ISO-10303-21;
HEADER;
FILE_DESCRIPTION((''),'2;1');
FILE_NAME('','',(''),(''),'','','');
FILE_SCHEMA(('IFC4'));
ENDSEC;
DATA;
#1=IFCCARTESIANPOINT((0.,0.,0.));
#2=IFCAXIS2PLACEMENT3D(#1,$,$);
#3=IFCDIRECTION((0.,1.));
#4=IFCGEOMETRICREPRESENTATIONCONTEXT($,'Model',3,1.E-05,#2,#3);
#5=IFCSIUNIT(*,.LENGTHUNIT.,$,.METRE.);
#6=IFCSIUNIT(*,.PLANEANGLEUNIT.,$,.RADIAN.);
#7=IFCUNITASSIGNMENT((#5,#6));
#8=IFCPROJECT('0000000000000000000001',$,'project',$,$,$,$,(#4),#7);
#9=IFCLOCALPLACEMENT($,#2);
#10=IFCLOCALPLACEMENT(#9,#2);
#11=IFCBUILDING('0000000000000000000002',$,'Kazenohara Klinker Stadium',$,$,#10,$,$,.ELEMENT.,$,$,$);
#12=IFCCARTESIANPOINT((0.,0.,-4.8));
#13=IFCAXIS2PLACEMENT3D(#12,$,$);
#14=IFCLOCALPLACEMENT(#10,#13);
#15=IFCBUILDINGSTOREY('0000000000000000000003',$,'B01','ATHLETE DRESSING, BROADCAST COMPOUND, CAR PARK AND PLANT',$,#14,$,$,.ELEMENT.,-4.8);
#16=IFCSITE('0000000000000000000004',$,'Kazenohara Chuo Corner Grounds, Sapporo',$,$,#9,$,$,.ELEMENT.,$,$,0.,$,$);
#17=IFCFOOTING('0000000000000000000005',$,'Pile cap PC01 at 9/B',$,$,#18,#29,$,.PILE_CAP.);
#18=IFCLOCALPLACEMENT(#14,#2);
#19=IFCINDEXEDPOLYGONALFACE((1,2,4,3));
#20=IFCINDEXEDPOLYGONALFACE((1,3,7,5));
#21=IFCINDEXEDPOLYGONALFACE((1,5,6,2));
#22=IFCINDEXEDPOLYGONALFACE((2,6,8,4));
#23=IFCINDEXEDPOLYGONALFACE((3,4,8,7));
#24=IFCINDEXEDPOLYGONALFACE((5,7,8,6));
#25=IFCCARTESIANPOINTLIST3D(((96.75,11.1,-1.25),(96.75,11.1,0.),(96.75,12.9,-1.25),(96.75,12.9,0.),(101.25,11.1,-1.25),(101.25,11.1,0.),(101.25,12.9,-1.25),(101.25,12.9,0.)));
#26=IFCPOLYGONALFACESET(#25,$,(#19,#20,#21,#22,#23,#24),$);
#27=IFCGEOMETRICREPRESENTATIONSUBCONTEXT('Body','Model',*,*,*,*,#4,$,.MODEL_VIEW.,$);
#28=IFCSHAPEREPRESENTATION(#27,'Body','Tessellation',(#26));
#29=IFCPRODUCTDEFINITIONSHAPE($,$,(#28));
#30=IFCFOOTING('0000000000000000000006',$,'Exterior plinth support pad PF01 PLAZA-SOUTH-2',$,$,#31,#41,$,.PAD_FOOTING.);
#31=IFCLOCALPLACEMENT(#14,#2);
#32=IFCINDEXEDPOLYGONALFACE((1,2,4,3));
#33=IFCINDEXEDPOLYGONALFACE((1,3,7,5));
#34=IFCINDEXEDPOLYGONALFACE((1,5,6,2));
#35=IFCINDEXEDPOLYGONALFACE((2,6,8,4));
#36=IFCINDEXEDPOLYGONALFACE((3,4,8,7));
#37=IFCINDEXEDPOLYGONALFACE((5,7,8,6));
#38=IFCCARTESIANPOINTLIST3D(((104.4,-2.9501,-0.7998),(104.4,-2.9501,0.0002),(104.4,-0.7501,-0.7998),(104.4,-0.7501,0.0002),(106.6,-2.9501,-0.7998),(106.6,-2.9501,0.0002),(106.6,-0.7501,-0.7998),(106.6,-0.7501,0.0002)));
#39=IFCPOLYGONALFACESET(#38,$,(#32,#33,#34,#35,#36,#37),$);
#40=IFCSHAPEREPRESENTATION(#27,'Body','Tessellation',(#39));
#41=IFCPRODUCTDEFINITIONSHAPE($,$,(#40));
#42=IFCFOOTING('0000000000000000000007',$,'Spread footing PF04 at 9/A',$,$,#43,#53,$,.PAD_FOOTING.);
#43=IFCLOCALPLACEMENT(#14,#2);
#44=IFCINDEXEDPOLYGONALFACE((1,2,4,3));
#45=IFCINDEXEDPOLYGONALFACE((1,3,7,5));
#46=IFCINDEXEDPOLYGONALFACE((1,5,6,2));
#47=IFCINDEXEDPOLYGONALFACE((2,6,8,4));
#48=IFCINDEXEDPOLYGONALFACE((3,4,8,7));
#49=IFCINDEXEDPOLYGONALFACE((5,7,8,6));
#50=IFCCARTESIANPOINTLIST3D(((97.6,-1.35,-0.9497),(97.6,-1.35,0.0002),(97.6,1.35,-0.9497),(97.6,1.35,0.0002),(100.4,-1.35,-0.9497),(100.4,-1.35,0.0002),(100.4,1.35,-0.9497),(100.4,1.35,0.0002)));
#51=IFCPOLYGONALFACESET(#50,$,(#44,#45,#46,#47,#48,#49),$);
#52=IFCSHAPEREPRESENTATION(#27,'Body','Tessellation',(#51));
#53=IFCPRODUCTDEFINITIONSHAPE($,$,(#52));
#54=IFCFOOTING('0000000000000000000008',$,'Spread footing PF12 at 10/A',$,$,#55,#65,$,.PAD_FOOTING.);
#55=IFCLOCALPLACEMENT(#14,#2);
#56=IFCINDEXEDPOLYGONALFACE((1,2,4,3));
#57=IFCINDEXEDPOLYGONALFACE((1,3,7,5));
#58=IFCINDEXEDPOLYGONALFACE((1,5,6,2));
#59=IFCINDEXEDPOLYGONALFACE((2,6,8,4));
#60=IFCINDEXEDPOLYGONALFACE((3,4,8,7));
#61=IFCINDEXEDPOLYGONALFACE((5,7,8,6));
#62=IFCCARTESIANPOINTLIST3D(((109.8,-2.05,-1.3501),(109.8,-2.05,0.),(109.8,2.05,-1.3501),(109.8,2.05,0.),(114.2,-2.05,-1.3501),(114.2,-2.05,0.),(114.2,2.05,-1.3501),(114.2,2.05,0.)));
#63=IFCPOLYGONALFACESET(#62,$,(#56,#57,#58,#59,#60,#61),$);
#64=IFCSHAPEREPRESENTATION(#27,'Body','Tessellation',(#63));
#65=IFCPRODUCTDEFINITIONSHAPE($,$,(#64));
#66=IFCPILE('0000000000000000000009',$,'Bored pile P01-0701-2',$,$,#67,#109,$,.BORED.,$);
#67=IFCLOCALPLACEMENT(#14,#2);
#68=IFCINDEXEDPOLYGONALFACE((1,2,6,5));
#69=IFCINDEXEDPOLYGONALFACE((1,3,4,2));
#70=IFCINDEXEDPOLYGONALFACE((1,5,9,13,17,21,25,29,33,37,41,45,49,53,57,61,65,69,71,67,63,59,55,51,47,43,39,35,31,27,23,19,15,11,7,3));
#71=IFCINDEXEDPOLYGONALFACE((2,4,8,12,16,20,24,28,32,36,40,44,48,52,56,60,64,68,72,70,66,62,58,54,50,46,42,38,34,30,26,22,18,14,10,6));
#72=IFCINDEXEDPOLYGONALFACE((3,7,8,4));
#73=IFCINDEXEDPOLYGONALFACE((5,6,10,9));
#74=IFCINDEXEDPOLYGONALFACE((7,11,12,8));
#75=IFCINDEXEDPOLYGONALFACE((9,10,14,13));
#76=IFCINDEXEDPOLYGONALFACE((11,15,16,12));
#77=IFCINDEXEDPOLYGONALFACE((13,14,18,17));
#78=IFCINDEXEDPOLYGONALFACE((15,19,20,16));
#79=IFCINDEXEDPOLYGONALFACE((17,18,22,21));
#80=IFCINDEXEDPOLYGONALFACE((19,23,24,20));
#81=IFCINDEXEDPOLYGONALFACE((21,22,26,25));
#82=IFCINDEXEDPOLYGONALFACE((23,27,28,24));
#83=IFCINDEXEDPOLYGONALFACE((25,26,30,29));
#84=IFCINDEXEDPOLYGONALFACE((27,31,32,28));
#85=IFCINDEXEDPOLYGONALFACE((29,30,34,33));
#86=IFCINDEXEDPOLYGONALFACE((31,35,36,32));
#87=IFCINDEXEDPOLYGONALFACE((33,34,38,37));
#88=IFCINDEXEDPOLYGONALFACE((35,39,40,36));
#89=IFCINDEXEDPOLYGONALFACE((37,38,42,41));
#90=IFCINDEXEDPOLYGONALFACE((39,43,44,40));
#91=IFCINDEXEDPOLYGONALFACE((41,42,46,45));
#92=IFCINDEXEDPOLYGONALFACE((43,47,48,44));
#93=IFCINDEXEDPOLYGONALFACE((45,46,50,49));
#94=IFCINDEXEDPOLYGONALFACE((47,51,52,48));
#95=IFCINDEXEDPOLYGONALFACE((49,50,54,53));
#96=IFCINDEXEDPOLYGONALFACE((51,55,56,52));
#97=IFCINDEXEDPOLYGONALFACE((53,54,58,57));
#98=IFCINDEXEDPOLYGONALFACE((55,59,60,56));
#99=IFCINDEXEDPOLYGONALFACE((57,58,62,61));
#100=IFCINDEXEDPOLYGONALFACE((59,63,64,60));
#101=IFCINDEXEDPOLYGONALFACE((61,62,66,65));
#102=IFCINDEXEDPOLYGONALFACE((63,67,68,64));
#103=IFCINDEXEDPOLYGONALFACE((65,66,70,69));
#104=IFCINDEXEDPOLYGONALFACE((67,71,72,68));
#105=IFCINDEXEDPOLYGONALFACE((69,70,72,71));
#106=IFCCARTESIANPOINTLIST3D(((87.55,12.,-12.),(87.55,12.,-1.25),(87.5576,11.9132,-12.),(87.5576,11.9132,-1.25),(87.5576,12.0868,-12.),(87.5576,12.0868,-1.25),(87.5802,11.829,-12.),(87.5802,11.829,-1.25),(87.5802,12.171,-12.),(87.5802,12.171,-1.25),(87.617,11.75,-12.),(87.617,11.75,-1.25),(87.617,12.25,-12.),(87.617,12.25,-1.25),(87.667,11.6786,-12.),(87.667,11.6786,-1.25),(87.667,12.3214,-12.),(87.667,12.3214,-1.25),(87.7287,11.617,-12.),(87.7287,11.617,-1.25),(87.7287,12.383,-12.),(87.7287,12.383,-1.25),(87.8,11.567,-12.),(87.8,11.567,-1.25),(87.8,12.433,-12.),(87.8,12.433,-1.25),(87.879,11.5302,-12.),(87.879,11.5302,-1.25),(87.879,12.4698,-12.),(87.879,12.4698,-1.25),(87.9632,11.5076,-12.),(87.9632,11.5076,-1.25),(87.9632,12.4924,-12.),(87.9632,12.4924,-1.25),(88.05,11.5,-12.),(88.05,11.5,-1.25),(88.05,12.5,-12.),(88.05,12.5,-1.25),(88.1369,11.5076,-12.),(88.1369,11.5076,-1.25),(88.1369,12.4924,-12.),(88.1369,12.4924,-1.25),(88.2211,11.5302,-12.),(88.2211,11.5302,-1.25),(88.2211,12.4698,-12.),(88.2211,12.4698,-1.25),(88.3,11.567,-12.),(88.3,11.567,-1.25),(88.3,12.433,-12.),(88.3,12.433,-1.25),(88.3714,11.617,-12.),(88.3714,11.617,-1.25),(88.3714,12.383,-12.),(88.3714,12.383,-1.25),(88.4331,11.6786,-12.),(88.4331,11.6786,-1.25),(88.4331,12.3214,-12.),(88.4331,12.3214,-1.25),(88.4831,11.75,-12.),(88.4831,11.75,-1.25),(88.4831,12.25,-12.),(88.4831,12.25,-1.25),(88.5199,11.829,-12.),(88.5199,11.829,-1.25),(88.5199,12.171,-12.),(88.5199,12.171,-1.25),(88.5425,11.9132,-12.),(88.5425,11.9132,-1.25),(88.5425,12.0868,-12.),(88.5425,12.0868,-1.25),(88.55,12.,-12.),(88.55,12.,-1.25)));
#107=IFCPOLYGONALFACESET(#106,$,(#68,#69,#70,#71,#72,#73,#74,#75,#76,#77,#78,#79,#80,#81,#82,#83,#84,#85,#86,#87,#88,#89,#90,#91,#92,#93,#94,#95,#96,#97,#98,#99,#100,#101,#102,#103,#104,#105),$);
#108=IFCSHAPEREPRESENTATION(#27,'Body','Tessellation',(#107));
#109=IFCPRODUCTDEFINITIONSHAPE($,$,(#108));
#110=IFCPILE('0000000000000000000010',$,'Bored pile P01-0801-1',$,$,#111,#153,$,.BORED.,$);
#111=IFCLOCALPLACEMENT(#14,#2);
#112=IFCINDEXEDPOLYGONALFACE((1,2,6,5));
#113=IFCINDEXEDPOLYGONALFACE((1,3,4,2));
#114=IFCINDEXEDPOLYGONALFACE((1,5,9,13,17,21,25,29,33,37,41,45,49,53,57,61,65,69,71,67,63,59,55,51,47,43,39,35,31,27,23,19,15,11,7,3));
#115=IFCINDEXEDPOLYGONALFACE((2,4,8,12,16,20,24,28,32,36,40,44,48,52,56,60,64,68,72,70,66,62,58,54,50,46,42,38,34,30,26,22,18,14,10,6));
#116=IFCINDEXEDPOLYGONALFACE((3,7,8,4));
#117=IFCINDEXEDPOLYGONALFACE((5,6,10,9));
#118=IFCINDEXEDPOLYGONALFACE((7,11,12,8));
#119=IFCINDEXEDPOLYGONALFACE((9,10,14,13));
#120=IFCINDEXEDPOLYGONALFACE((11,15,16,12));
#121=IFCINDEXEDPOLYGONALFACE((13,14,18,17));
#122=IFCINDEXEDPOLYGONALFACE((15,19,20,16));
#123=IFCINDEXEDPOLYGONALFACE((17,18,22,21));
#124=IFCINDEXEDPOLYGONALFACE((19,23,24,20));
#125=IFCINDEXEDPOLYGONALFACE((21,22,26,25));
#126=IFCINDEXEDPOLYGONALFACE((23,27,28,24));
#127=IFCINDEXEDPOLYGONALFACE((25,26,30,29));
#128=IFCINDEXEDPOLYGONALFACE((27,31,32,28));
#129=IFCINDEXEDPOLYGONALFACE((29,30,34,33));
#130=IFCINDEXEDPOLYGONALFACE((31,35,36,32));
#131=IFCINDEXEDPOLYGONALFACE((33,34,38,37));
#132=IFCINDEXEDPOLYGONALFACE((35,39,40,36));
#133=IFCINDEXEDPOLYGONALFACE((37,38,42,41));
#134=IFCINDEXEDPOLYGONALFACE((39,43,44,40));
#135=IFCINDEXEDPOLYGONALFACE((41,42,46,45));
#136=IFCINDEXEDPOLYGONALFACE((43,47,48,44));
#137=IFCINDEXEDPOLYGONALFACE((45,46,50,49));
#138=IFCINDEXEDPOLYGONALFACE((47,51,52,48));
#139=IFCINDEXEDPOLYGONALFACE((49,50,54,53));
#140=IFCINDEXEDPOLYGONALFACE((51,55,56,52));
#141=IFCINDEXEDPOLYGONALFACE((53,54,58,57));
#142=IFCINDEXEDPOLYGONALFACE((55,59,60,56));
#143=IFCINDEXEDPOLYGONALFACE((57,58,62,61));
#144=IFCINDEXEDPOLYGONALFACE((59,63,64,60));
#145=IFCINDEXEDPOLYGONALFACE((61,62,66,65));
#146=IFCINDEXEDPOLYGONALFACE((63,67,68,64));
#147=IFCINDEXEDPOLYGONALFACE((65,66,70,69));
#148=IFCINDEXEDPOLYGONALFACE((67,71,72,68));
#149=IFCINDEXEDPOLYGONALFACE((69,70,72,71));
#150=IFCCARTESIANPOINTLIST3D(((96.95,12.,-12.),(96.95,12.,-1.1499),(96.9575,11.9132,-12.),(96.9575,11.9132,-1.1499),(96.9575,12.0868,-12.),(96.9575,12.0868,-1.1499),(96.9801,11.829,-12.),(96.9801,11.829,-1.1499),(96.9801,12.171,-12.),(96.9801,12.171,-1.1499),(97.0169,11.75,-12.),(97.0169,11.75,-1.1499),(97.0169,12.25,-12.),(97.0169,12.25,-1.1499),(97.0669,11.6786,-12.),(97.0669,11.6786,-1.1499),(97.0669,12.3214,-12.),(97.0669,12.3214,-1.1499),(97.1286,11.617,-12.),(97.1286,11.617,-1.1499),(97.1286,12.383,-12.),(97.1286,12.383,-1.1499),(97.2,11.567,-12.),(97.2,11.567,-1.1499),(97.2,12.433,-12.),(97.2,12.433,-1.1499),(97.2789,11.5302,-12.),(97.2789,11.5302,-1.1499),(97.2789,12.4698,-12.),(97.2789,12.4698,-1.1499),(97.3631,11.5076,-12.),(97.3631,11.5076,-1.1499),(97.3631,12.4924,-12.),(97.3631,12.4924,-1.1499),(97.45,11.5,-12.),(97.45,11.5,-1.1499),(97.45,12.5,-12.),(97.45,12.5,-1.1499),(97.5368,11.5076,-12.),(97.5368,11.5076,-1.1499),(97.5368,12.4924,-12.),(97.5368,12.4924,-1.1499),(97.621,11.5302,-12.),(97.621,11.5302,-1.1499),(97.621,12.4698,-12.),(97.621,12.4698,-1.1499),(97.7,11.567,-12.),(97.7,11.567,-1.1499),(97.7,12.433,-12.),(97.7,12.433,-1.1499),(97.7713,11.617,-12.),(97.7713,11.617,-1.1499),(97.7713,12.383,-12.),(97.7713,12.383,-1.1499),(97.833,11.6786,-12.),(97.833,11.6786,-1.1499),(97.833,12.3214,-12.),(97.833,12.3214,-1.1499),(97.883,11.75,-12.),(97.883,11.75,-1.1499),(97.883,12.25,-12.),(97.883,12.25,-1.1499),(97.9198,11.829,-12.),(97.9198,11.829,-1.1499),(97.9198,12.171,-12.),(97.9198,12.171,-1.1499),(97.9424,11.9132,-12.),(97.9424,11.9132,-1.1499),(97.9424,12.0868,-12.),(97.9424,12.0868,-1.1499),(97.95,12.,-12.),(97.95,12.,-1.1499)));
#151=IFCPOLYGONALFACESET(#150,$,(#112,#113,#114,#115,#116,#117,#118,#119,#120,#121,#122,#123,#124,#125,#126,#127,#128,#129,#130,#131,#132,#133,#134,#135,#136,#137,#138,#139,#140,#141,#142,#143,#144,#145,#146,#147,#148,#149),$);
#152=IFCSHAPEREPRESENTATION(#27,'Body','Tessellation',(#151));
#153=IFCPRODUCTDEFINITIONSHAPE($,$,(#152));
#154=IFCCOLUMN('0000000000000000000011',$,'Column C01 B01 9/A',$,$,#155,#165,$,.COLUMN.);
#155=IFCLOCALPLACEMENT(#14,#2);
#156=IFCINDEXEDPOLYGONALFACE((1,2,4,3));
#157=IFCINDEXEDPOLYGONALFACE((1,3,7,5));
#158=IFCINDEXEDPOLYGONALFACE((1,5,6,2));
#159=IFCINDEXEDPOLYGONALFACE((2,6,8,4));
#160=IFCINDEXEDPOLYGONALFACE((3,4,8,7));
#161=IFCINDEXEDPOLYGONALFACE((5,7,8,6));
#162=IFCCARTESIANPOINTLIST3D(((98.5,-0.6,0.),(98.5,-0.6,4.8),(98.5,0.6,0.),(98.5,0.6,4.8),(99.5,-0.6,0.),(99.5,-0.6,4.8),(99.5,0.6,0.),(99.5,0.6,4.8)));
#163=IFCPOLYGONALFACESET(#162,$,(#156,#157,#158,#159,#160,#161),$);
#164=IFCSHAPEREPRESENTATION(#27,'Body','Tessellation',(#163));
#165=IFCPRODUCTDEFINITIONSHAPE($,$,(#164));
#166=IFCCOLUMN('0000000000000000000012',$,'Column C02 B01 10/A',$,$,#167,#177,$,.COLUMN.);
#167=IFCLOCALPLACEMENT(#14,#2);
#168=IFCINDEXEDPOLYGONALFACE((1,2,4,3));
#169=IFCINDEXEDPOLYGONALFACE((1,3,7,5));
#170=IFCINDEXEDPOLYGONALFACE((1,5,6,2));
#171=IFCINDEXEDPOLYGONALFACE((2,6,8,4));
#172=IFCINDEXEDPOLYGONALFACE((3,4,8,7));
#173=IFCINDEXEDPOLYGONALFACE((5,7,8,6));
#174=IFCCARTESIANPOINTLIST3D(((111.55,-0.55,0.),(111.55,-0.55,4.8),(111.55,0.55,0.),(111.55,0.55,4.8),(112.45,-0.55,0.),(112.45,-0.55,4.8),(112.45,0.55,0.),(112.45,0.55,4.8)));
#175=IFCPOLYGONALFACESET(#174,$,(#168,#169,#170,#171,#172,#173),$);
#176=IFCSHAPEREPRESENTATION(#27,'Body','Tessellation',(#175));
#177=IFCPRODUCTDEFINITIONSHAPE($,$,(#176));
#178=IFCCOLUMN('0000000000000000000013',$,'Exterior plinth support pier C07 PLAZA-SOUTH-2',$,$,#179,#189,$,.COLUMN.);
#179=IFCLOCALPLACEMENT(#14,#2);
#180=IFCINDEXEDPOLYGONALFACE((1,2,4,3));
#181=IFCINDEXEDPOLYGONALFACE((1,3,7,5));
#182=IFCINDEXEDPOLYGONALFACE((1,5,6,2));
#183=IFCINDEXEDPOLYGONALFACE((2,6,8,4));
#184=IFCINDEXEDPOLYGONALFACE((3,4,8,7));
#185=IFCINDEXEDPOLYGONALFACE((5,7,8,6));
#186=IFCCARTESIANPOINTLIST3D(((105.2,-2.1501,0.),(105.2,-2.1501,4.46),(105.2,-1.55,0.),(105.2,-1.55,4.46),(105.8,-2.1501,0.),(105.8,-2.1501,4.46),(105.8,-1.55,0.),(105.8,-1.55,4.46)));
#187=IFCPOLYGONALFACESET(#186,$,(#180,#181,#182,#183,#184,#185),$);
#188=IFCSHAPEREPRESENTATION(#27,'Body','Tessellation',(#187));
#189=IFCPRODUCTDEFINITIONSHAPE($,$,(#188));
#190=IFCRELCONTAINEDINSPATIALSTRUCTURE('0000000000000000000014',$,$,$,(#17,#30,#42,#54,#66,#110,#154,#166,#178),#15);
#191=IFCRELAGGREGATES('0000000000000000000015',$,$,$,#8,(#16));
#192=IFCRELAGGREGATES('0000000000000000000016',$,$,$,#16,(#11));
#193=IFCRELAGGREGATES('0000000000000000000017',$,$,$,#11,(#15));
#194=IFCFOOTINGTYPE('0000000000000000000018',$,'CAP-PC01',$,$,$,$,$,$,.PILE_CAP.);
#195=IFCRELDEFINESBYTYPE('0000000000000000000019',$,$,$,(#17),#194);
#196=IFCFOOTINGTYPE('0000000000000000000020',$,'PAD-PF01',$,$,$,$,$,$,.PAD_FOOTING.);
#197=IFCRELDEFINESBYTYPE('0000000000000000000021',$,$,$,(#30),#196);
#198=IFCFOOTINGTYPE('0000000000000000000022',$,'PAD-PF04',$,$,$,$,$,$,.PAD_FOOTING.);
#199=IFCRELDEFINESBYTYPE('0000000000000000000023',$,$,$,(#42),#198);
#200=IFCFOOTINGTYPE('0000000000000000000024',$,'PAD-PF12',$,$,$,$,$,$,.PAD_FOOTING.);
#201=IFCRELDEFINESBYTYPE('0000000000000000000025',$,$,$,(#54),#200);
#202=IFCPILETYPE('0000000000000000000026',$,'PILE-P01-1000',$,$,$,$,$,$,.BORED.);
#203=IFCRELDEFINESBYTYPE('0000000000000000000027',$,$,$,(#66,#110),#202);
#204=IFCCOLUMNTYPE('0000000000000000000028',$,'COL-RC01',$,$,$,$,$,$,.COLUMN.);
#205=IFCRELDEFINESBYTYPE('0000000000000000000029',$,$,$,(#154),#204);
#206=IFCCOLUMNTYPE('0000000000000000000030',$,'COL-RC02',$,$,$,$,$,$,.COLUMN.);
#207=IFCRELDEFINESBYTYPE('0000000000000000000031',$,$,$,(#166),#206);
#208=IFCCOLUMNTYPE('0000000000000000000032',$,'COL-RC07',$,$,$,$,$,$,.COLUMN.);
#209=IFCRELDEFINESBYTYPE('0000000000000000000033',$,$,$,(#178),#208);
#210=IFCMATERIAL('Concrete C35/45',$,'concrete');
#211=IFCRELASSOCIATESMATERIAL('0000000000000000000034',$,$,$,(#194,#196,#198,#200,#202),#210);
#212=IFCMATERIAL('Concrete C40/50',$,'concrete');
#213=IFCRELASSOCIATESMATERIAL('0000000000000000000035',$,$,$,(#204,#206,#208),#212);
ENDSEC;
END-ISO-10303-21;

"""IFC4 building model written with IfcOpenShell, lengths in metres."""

from ifc_helpers import new_model, si_unit, direction, frame, origin, origin_2d, place, context, subcontext, project, spatial, rectangle, circle, extrude, material, material_profile, profile_set, type_object, element, save


model = new_model("IFC4")

# Units and contexts
model_context = context("Model", 3, precision=1e-05, world=origin(), true_north=direction((0.0, 1.0)))
body_context = subcontext(model_context, "Body", "Model", "MODEL_VIEW")
ifc_project = project(units=[si_unit("LENGTHUNIT", "METRE"), si_unit("PLANEANGLEUNIT", "RADIAN")], contexts=[model_context])

# Site, building, storey
site_placement = place(None, origin())
site = spatial("IfcSite", under=ifc_project, at=site_placement, Name="Kazenohara Chuo Corner Grounds, Sapporo", CompositionType="ELEMENT", RefElevation=0.0)
building_placement = place(site_placement, origin())
building = spatial("IfcBuilding", under=site, at=building_placement, Name="Kazenohara Klinker Stadium", CompositionType="ELEMENT")
storey_placement = place(building_placement, frame((0.0, 0.0, -4.8)))
storey = spatial("IfcBuildingStorey", under=building, at=storey_placement, Name="B01", Description="ATHLETE DRESSING, BROADCAST COMPOUND, CAR PARK AND PLANT", CompositionType="ELEMENT", Elevation=-4.8)

# Footings
ifc_material_1 = material(Name="Concrete C35/45", Category="concrete")
footing_type_1 = type_object("IfcFootingType", Name="CAP-PC01", PredefinedType="PILE_CAP", material=ifc_material_1)
footing_1_placement = place(storey_placement, frame((99.0, 12.0, -1.25), z_axis=(0.0, 0.0, 1.0), x_axis=(1.0, 0.0, 0.0)))
element("IfcFooting", 1, at=footing_1_placement, inside=storey, type_object=footing_type_1, Name="Pile cap PC01 at 9/B", PredefinedType="PILE_CAP", context=body_context, shape_type="SweptSolid", body=[
    extrude(rectangle(XDim=4.5, YDim=1.8, at=origin_2d()), origin(), (0.0, 0.0, 1.0), 1.25),
])
footing_type_2 = type_object("IfcFootingType", Name="PAD-PF01", PredefinedType="PAD_FOOTING", material=ifc_material_1)
footing_2_placement = place(storey_placement, frame((105.5, -1.8501, -0.7998), z_axis=(0.0, 0.0, 1.0), x_axis=(1.0, 0.0, 0.0)))
element("IfcFooting", 2, at=footing_2_placement, inside=storey, type_object=footing_type_2, Name="Exterior plinth support pad PF01 PLAZA-SOUTH-2", PredefinedType="PAD_FOOTING", context=body_context, shape_type="SweptSolid", body=[
    extrude(rectangle(XDim=2.2, YDim=2.2, at=origin_2d()), origin(), (0.0, 0.0, 1.0), 0.8),
])
footing_type_3 = type_object("IfcFootingType", Name="PAD-PF04", PredefinedType="PAD_FOOTING", material=ifc_material_1)
footing_3_placement = place(storey_placement, frame((99.0, 0.0, -0.9497), z_axis=(0.0, 0.0, 1.0), x_axis=(1.0, 0.0, 0.0)))
element("IfcFooting", 3, at=footing_3_placement, inside=storey, type_object=footing_type_3, Name="Spread footing PF04 at 9/A", PredefinedType="PAD_FOOTING", context=body_context, shape_type="SweptSolid", body=[
    extrude(rectangle(XDim=2.8, YDim=2.7, at=origin_2d()), origin(), (0.0, 0.0, 1.0), 0.95),
])
footing_type_4 = type_object("IfcFootingType", Name="PAD-PF12", PredefinedType="PAD_FOOTING", material=ifc_material_1)
footing_4_placement = place(storey_placement, frame((112.0, 0.0, -1.3501), z_axis=(0.0, 0.0, 1.0), x_axis=(1.0, 0.0, 0.0)))
element("IfcFooting", 4, at=footing_4_placement, inside=storey, type_object=footing_type_4, Name="Spread footing PF12 at 10/A", PredefinedType="PAD_FOOTING", context=body_context, shape_type="SweptSolid", body=[
    extrude(rectangle(XDim=4.3999, YDim=4.1001, at=origin_2d()), origin(), (0.0, 0.0, 1.0), 1.3501),
])

# Piles
ifc_material_profile_1 = material_profile(ifc_material_1, circle(Radius=0.5, at=origin_2d()), Name="BORED-PILE-1000")
ifc_profile_set_1 = profile_set([ifc_material_profile_1], Name="Concrete C35/45")
pile_type = type_object("IfcPileType", Name="PILE-P01-1000", PredefinedType="BORED", material=ifc_profile_set_1)
pile_1_placement = place(storey_placement, frame((88.05, 12.0, -1.25), z_axis=(0.0, 0.0, -1.0), x_axis=(1.0, 0.0, 0.0)))
element("IfcPile", 5, at=pile_1_placement, inside=storey, type_object=pile_type, Name="Bored pile P01-0701-2", PredefinedType="BORED", context=body_context, shape_type="SweptSolid", body=[
    extrude(circle(Radius=0.5, at=origin_2d()), origin(), (0.0, 0.0, 1.0), 10.75),
])
pile_2_placement = place(storey_placement, frame((97.45, 12.0, -1.1499), z_axis=(0.0, 0.0, -1.0), x_axis=(1.0, 0.0, 0.0)))
element("IfcPile", 6, at=pile_2_placement, inside=storey, type_object=pile_type, Name="Bored pile P01-0801-1", PredefinedType="BORED", context=body_context, shape_type="SweptSolid", body=[
    extrude(circle(Radius=0.5, at=origin_2d()), origin(), (0.0, 0.0, 1.0), 10.8501),
])

# Columns
ifc_material_2 = material(Name="Concrete C40/50", Category="concrete")
ifc_material_profile_2 = material_profile(ifc_material_2, rectangle(XDim=1.0, YDim=1.2, at=origin_2d()), Name="RC-COL-1200x1000")
ifc_profile_set_2 = profile_set([ifc_material_profile_2], Name="Concrete C40/50")
column_type_1 = type_object("IfcColumnType", Name="COL-RC01", PredefinedType="COLUMN", material=ifc_profile_set_2)
column_1_placement = place(storey_placement, frame((99.0, 0.0, 0.0), z_axis=(0.0, 0.0, 1.0), x_axis=(1.0, 0.0, 0.0)))
element("IfcColumn", 7, at=column_1_placement, inside=storey, type_object=column_type_1, Name="Column C01 B01 9/A", PredefinedType="COLUMN", context=body_context, shape_type="SweptSolid", body=[
    extrude(rectangle(XDim=1.0, YDim=1.2, at=origin_2d()), origin(), (0.0, 0.0, 1.0), 4.8),
])
ifc_material_profile_3 = material_profile(ifc_material_2, rectangle(XDim=0.8999, YDim=1.1001, at=origin_2d()), Name="RC-COL-1100x900")
ifc_profile_set_3 = profile_set([ifc_material_profile_3], Name="Concrete C40/50")
column_type_2 = type_object("IfcColumnType", Name="COL-RC02", PredefinedType="COLUMN", material=ifc_profile_set_3)
column_2_placement = place(storey_placement, frame((112.0, 0.0, 0.0), z_axis=(0.0, 0.0, 1.0), x_axis=(1.0, 0.0, 0.0)))
element("IfcColumn", 8, at=column_2_placement, inside=storey, type_object=column_type_2, Name="Column C02 B01 10/A", PredefinedType="COLUMN", context=body_context, shape_type="SweptSolid", body=[
    extrude(rectangle(XDim=0.8999, YDim=1.1001, at=origin_2d()), origin(), (0.0, 0.0, 1.0), 4.8),
])
ifc_material_profile_4 = material_profile(ifc_material_2, rectangle(XDim=0.6001, YDim=0.6001, at=origin_2d()), Name="RC-COL-600x600")
ifc_profile_set_4 = profile_set([ifc_material_profile_4], Name="Concrete C40/50")
column_type_3 = type_object("IfcColumnType", Name="COL-RC07", PredefinedType="COLUMN", material=ifc_profile_set_4)
column_3_placement = place(storey_placement, frame((105.5, -1.8501, 0.0), z_axis=(0.0, 0.0, 1.0), x_axis=(1.0, 0.0, 0.0)))
element("IfcColumn", 9, at=column_3_placement, inside=storey, type_object=column_type_3, Name="Exterior plinth support pier C07 PLAZA-SOUTH-2", PredefinedType="COLUMN", context=body_context, shape_type="SweptSolid", body=[
    extrude(rectangle(XDim=0.6001, YDim=0.6001, at=origin_2d()), origin(), (0.0, 0.0, 1.0), 4.46),
])

save(model, "model.ifc")
